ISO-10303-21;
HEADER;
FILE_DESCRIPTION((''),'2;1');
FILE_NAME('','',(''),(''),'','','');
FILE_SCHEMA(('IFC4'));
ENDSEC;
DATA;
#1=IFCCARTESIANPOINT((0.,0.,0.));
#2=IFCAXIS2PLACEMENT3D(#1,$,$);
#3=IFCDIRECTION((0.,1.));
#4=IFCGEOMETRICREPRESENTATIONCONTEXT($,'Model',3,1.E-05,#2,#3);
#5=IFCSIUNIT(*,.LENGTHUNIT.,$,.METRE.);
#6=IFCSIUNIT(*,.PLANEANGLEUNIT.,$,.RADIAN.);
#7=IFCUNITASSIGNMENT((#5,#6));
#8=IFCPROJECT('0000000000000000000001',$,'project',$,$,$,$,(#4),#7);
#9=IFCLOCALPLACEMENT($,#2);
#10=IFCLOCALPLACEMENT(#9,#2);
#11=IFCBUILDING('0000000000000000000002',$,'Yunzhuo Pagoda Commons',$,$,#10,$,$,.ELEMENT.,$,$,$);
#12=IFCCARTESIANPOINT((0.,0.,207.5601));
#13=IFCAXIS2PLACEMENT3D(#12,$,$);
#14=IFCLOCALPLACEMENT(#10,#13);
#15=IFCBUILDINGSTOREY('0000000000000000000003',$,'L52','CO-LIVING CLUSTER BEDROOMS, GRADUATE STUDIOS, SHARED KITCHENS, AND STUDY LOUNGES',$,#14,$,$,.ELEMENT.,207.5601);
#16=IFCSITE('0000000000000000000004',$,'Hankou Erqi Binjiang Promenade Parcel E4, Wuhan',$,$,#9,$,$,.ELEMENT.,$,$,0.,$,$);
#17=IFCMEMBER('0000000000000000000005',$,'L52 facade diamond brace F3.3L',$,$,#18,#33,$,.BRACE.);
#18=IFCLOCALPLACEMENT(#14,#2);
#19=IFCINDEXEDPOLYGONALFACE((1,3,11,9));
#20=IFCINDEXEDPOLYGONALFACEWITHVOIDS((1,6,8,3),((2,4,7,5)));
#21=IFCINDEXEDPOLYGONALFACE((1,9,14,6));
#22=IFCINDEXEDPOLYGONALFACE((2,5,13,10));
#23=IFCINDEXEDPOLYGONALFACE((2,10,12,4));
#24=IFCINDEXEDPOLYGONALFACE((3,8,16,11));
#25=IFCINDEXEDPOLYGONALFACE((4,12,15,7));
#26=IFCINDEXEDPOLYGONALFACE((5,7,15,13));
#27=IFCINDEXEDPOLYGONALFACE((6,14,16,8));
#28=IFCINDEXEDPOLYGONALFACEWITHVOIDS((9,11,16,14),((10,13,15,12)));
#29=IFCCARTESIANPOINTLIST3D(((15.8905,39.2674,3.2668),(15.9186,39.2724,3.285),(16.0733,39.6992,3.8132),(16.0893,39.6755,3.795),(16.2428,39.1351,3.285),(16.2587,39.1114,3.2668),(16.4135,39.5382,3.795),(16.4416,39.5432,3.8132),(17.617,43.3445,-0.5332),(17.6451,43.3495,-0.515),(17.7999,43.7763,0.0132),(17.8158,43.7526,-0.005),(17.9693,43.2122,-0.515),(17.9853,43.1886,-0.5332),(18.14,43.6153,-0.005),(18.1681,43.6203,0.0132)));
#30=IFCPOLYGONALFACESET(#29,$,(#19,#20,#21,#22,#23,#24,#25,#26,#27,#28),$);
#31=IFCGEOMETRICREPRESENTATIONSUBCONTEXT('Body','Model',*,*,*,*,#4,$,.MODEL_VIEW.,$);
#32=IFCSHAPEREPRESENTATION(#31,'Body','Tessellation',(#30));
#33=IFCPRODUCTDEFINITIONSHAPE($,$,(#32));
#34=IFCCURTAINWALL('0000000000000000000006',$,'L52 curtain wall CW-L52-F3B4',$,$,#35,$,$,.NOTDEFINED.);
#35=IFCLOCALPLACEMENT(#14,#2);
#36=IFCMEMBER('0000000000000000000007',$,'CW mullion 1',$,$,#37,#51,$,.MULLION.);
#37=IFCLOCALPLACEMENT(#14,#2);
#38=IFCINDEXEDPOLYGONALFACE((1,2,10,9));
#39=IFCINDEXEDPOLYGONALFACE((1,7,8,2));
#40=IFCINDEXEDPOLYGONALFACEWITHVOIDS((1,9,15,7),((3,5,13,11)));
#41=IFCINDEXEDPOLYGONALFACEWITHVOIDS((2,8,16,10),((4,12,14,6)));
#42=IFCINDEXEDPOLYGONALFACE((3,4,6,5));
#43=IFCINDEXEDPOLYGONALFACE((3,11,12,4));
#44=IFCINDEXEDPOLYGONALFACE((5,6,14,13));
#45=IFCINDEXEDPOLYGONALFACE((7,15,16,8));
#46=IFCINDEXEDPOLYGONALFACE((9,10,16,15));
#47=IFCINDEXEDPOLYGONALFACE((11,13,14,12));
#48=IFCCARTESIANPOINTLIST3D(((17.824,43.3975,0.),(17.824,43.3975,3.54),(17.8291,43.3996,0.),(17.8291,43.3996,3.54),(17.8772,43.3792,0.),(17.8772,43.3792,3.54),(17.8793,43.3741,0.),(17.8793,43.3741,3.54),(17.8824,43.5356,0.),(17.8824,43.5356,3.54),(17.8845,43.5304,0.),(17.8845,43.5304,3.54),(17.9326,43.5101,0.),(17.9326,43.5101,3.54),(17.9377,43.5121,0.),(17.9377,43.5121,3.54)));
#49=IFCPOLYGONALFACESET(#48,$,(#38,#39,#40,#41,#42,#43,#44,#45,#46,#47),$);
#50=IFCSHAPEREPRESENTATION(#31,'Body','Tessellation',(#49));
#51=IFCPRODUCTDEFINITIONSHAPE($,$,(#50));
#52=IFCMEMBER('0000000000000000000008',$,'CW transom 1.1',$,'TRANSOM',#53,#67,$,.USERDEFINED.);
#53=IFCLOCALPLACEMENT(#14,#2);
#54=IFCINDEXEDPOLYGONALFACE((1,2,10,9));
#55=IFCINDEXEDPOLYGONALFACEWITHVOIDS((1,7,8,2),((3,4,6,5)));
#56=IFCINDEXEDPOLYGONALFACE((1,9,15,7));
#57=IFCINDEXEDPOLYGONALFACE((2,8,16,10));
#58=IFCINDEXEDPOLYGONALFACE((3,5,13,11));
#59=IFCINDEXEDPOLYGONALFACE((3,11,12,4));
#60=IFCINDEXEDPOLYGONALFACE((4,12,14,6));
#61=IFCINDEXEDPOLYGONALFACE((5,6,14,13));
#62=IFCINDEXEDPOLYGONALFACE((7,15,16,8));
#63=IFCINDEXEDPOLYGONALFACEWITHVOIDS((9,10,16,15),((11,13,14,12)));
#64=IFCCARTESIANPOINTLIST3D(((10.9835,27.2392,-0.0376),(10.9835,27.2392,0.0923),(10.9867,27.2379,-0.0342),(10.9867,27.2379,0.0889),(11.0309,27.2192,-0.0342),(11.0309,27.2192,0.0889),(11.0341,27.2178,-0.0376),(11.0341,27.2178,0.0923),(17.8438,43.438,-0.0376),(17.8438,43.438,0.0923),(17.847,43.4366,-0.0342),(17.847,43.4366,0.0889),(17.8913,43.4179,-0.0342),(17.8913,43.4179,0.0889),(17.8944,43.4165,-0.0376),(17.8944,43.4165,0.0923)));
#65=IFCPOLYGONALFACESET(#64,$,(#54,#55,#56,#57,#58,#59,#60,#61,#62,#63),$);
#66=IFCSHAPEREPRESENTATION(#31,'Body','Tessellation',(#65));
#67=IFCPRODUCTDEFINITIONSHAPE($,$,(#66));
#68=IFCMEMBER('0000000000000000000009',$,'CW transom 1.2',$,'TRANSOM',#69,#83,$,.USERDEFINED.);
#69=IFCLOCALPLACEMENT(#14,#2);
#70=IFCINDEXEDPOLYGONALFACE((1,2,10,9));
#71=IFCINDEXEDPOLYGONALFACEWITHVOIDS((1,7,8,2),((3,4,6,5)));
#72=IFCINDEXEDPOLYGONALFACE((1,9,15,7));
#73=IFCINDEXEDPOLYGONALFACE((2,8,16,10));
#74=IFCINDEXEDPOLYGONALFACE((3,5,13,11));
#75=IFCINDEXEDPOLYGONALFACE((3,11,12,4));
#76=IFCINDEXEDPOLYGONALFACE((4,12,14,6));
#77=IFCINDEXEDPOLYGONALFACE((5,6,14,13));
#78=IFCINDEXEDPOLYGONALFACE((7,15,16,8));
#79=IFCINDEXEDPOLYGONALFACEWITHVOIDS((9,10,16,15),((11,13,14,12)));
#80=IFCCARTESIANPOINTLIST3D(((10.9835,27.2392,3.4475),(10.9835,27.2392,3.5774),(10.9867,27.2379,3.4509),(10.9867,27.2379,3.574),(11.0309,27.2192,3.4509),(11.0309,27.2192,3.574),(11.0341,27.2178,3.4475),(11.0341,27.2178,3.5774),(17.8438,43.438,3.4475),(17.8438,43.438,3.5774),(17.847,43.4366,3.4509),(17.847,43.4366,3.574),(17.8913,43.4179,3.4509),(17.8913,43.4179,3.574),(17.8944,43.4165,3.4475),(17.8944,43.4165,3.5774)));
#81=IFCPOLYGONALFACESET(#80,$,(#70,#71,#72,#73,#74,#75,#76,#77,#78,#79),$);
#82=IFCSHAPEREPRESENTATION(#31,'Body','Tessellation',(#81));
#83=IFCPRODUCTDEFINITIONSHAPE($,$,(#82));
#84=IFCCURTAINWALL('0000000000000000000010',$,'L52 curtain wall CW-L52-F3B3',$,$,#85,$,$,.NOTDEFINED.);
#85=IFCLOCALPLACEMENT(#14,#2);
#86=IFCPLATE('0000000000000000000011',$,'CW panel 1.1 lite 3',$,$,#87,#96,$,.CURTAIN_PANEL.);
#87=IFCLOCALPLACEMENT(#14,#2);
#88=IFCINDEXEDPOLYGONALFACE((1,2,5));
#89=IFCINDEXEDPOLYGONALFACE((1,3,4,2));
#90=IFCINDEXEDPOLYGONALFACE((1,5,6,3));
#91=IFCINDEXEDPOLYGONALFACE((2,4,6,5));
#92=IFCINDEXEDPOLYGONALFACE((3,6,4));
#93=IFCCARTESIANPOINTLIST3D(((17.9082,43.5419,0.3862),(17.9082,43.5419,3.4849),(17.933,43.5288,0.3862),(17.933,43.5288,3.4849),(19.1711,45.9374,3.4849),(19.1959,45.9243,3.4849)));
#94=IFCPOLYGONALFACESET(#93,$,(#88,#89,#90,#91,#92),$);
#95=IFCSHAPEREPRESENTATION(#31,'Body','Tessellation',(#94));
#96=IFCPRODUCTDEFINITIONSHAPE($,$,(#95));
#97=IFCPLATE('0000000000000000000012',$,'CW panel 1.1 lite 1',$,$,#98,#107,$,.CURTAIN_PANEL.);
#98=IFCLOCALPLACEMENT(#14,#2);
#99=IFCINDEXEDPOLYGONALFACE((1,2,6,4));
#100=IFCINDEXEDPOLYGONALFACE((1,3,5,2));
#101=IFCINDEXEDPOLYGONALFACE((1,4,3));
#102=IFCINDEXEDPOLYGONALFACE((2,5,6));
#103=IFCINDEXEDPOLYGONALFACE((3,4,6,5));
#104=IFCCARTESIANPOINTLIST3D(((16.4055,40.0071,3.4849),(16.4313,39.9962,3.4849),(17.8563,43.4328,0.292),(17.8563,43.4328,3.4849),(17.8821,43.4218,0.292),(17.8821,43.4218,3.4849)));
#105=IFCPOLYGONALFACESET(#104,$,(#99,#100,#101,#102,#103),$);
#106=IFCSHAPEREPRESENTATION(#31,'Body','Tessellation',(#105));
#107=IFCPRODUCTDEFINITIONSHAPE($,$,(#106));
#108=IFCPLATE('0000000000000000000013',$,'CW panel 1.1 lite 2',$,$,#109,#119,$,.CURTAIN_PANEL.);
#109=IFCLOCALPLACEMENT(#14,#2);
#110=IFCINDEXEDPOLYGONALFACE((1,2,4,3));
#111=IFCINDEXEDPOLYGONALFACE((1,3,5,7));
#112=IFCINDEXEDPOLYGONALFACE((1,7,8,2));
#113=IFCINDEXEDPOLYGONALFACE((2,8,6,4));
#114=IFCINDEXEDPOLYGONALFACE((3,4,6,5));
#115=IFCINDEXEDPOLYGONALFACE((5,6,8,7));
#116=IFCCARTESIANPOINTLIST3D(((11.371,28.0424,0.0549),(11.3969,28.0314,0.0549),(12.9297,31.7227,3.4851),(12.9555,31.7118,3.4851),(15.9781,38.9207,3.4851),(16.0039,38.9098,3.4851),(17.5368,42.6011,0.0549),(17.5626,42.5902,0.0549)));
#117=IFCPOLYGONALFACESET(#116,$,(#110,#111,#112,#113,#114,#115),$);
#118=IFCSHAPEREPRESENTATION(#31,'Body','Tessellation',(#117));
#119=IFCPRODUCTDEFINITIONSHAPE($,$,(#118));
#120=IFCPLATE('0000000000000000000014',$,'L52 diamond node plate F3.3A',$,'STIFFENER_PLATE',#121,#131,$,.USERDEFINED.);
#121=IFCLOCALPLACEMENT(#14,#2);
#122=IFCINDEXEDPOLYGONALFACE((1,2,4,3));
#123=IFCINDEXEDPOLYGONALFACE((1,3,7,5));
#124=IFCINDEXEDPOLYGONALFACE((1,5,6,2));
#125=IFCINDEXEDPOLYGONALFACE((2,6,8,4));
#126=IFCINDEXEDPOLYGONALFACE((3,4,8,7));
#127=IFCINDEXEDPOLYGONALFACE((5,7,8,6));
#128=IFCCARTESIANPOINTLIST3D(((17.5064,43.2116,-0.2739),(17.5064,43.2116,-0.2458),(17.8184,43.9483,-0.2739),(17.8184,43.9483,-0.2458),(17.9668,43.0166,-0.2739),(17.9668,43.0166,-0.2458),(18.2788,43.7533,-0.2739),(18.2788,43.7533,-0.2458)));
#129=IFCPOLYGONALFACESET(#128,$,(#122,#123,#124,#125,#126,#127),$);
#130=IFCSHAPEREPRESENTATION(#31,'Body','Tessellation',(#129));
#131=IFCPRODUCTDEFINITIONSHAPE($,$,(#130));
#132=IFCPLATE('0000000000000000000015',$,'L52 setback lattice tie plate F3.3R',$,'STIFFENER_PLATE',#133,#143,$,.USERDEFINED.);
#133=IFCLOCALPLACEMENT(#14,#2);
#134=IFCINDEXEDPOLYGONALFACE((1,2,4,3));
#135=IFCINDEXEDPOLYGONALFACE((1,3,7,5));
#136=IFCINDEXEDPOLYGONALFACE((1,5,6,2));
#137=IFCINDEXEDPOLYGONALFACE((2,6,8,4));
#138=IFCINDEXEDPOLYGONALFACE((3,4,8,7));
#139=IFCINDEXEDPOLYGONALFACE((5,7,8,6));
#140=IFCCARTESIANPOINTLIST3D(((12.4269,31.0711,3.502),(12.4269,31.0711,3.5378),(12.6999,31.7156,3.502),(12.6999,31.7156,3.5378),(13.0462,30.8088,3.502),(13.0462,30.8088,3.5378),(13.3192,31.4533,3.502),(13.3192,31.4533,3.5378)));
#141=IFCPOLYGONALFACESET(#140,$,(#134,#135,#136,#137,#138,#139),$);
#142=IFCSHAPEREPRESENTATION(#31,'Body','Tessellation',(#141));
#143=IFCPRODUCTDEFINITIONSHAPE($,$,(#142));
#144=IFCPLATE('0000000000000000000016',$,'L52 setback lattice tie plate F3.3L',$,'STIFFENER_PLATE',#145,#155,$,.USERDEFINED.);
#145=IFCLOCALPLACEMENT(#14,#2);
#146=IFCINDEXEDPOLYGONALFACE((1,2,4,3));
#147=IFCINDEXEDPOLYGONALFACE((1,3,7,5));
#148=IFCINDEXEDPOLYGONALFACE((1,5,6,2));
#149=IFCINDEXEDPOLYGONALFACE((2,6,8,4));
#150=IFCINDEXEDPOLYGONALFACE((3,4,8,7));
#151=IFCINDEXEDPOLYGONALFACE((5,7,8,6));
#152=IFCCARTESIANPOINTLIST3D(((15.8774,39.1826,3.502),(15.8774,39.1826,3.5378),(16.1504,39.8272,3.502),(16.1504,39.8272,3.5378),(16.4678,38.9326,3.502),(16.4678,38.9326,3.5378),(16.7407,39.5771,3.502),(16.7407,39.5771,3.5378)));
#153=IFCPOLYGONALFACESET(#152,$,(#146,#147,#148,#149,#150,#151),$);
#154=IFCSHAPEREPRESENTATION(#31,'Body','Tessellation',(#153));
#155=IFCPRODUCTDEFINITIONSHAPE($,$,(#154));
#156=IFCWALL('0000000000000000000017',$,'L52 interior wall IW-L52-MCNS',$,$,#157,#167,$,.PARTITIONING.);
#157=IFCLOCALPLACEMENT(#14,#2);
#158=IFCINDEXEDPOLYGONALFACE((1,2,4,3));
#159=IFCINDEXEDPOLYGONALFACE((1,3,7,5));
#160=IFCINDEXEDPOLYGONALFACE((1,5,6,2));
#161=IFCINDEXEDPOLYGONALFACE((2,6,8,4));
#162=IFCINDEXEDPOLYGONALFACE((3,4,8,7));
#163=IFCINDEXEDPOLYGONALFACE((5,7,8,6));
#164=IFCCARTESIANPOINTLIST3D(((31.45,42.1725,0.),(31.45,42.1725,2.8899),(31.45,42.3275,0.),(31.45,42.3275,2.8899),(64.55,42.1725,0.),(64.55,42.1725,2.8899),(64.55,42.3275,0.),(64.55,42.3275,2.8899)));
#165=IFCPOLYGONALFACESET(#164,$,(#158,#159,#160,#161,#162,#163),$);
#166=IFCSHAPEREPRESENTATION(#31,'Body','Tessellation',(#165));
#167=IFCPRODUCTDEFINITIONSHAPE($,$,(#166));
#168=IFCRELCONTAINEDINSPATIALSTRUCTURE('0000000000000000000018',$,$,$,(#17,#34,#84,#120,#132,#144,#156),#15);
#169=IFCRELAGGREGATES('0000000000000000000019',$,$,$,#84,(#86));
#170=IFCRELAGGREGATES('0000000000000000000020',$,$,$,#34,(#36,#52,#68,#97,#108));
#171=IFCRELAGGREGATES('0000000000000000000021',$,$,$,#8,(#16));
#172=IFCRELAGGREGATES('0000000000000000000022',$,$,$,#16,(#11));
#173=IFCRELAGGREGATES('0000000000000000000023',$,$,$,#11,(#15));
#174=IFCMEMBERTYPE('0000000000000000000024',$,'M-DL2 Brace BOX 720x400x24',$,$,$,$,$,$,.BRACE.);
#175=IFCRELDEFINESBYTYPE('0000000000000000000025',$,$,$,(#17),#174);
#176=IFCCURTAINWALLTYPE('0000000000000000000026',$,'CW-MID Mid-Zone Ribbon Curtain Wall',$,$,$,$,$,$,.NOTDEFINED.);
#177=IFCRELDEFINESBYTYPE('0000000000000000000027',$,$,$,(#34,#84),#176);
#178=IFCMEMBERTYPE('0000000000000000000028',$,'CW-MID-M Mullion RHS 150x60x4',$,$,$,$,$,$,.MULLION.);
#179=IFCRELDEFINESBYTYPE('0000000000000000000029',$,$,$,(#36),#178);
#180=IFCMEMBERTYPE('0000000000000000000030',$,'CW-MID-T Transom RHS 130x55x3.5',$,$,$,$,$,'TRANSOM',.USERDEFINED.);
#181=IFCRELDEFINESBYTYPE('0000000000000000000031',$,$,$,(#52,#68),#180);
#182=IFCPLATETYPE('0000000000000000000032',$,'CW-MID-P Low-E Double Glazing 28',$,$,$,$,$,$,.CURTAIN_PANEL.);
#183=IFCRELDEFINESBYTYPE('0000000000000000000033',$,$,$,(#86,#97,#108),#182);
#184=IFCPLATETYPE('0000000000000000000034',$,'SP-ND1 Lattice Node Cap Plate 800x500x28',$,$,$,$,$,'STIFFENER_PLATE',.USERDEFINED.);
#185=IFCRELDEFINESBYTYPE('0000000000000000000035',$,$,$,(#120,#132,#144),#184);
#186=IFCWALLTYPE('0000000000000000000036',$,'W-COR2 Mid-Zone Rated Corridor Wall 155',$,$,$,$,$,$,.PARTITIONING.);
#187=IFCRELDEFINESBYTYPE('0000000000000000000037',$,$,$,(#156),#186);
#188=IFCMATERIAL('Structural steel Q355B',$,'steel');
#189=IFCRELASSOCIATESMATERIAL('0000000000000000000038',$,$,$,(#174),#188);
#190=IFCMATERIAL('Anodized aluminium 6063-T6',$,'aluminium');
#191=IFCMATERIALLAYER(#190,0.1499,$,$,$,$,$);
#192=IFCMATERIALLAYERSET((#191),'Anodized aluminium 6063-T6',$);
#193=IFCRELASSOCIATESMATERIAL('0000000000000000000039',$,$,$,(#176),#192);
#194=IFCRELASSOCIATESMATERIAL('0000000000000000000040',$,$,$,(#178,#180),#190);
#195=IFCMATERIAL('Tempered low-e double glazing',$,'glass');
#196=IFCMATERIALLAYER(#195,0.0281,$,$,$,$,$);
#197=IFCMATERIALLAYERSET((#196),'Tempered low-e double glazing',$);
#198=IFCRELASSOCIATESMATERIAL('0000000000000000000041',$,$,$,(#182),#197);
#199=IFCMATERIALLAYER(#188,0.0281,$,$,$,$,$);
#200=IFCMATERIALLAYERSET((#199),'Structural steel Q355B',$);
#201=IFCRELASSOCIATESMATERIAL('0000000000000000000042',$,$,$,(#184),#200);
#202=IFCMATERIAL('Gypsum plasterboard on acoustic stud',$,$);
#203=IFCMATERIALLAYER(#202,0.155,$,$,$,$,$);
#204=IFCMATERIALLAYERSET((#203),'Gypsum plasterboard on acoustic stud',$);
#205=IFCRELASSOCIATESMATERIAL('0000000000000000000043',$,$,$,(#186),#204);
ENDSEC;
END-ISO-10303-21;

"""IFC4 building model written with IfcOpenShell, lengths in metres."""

from ifc_helpers import new_model, si_unit, direction, frame, frame_2d, origin, origin_2d, place, context, subcontext, project, spatial, polyline, rectangle, hollow_rectangle, outline, extrude, source, transform, mapped, material, layer, layer_set, material_profile, profile_set, type_object, element, aggregate, save


model = new_model("IFC4")

# Units and contexts
model_context = context("Model", 3, precision=1e-05, world=origin(), true_north=direction((0.0, 1.0)))
body_context = subcontext(model_context, "Body", "Model", "MODEL_VIEW")
ifc_project = project(units=[si_unit("LENGTHUNIT", "METRE"), si_unit("PLANEANGLEUNIT", "RADIAN")], contexts=[model_context])

# Site, building, storey
site_placement = place(None, origin())
site = spatial("IfcSite", under=ifc_project, at=site_placement, Name="Hankou Erqi Binjiang Promenade Parcel E4, Wuhan", CompositionType="ELEMENT", RefElevation=0.0)
building_placement = place(site_placement, origin())
building = spatial("IfcBuilding", under=site, at=building_placement, Name="Yunzhuo Pagoda Commons", CompositionType="ELEMENT")
storey_placement = place(building_placement, frame((0.0, 0.0, 207.5601)))
storey = spatial("IfcBuildingStorey", under=building, at=storey_placement, Name="L52", Description="CO-LIVING CLUSTER BEDROOMS, GRADUATE STUDIOS, SHARED KITCHENS, AND STUDY LOUNGES", CompositionType="ELEMENT", Elevation=207.5601)

# Shared definitions
ifc_material_1 = material(Name="Structural steel Q355B", Category="steel")

# Member
ifc_material_profile_1 = material_profile(ifc_material_1, hollow_rectangle(XDim=0.3999, YDim=0.72, WallThickness=0.0239, at=origin_2d()), Name="Structural steel Q355B")
ifc_profile_set_1 = profile_set([ifc_material_profile_1], Name="Structural steel Q355B")
member_type_1 = type_object("IfcMemberType", Name="M-DL2 Brace BOX 720x400x24", PredefinedType="BRACE", material=ifc_profile_set_1)
shared_shape_1 = source(origin(), body_context, "Body", "SweptSolid", [
    extrude(hollow_rectangle(XDim=0.3999, YDim=0.72, WallThickness=0.0239, at=origin_2d()), origin(), (0.0, 0.0, 1.0), 5.8347),
])
member_1_placement = place(storey_placement, frame((17.8926, 43.4824, -0.26), z_axis=(-0.295909, -0.698768, 0.651277), x_axis=(0.920836, -0.389949, 0.0)))
element("IfcMember", 1, at=member_1_placement, inside=storey, type_object=member_type_1, Name="L52 facade diamond brace F3.3L", PredefinedType="BRACE", context=body_context, shape_type="MappedRepresentation", body=[
    mapped(shared_shape_1, transform((0.0, 0.0, 0.0), scale=1.0)),
])

# Curtain wall, members
ifc_material_2 = material(Name="Anodized aluminium 6063-T6", Category="aluminium")
ifc_layer_1 = layer(ifc_material_2, 0.1499)
ifc_layer_set_1 = layer_set([ifc_layer_1], Name="Anodized aluminium 6063-T6")
curtain_wall_type = type_object("IfcCurtainWallType", Name="CW-MID Mid-Zone Ribbon Curtain Wall", PredefinedType="NOTDEFINED", material=ifc_layer_set_1)
curtain_wall_1_placement = place(storey_placement, origin())
curtain_wall_1 = element("IfcCurtainWall", 2, at=curtain_wall_1_placement, inside=storey, type_object=curtain_wall_type, Name="L52 curtain wall CW-L52-F3B4", PredefinedType="NOTDEFINED")
ifc_material_profile_2 = material_profile(ifc_material_2, hollow_rectangle(XDim=0.0601, YDim=0.1499, WallThickness=0.0039, at=origin_2d()), Name="Anodized aluminium 6063-T6")
ifc_profile_set_2 = profile_set([ifc_material_profile_2], Name="Anodized aluminium 6063-T6")
member_type_2 = type_object("IfcMemberType", Name="CW-MID-M Mullion RHS 150x60x4", PredefinedType="MULLION", material=ifc_profile_set_2)
shared_shape_2 = source(origin(), body_context, "Body", "SweptSolid", [
    extrude(hollow_rectangle(XDim=0.0601, YDim=0.1499, WallThickness=0.0039, at=origin_2d()), origin(), (0.0, 0.0, 1.0), 3.54),
])
member_2_placement = place(storey_placement, frame((17.8809, 43.4548, 0.0), z_axis=(0.0, 0.0, 1.0), x_axis=(0.920824, -0.389978, 0.0)))
member_2 = element("IfcMember", 3, at=member_2_placement, type_object=member_type_2, Name="CW mullion 1", PredefinedType="MULLION", context=body_context, shape_type="MappedRepresentation", body=[
    mapped(shared_shape_2, transform((0.0, 0.0, 0.0), scale=1.0)),
])
ifc_material_profile_3 = material_profile(ifc_material_2, hollow_rectangle(XDim=0.0549, YDim=0.1299, WallThickness=0.0034, at=origin_2d()), Name="Anodized aluminium 6063-T6")
ifc_profile_set_3 = profile_set([ifc_material_profile_3], Name="Anodized aluminium 6063-T6")
member_type_3 = type_object("IfcMemberType", Name="CW-MID-T Transom RHS 130x55x3.5", ElementType="TRANSOM", PredefinedType="USERDEFINED", material=ifc_profile_set_3)
shared_shape_3 = source(origin(), body_context, "Body", "SweptSolid", [
    extrude(hollow_rectangle(XDim=0.0549, YDim=0.1299, WallThickness=0.0034, at=origin_2d()), origin(), (0.0, 0.0, 1.0), 17.5916),
])
member_3_placement = place(storey_placement, frame((17.8691, 43.4272, 0.0273), z_axis=(-0.38998, -0.920824, 0.0), x_axis=(0.920824, -0.38998, 0.0)))
member_3 = element("IfcMember", 4, at=member_3_placement, type_object=member_type_3, Name="CW transom 1.1", ObjectType="TRANSOM", PredefinedType="USERDEFINED", context=body_context, shape_type="MappedRepresentation", body=[
    mapped(shared_shape_3, transform((0.0, 0.0, 0.0), scale=1.0)),
])
member_4_placement = place(storey_placement, frame((17.8691, 43.4272, 3.5125), z_axis=(-0.38998, -0.920824, 0.0), x_axis=(0.920824, -0.38998, 0.0)))
member_4 = element("IfcMember", 5, at=member_4_placement, type_object=member_type_3, Name="CW transom 1.2", ObjectType="TRANSOM", PredefinedType="USERDEFINED", context=body_context, shape_type="MappedRepresentation", body=[
    mapped(shared_shape_3, transform((0.0, 0.0, 0.0), scale=1.0)),
])

# Curtain wall, plate
curtain_wall_2_placement = place(storey_placement, origin())
curtain_wall_2 = element("IfcCurtainWall", 6, at=curtain_wall_2_placement, inside=storey, type_object=curtain_wall_type, Name="L52 curtain wall CW-L52-F3B3", PredefinedType="NOTDEFINED")
ifc_material_3 = material(Name="Tempered low-e double glazing", Category="glass")
ifc_layer_2 = layer(ifc_material_3, 0.0281)
ifc_layer_set_2 = layer_set([ifc_layer_2], Name="Tempered low-e double glazing")
plate_type_1 = type_object("IfcPlateType", Name="CW-MID-P Low-E Double Glazing 28", PredefinedType="CURTAIN_PANEL", material=ifc_layer_set_2)
plate_1_placement = place(storey_placement, frame((18.5645, 44.7266, 1.9355), z_axis=(-0.884592, 0.466366, 0.0), x_axis=(-0.466366, -0.884592, 0.0)))
plate_1 = element("IfcPlate", 7, at=plate_1_placement, type_object=plate_type_1, Name="CW panel 1.1 lite 3", PredefinedType="CURTAIN_PANEL", context=body_context, shape_type="SweptSolid", body=[
    extrude(outline(polyline([(-1.354, 1.5493), (1.354, -1.5493), (1.354, 1.5493), (-1.354, 1.5493)])), origin(), (0.0, 0.0, 1.0), 0.0281),
])
aggregate(curtain_wall_2, [plate_1])

# Plates
plate_2_placement = place(storey_placement, frame((17.1567, 41.709, 1.8884), z_axis=(-0.920824, 0.389978, 0.0), x_axis=(-0.389978, -0.920824, 0.0)))
plate_2 = element("IfcPlate", 8, at=plate_2_placement, type_object=plate_type_1, Name="CW panel 1.1 lite 1", PredefinedType="CURTAIN_PANEL", context=body_context, shape_type="SweptSolid", body=[
    extrude(outline(polyline([(-1.8601, -1.5964), (1.8601, 1.5964), (-1.8601, 1.5964), (-1.8601, -1.5964)])), origin(), (0.0, 0.0, 1.0), 0.0281),
])
plate_3_placement = place(storey_placement, frame((14.4797, 35.3108, 1.77), z_axis=(-0.920824, 0.389978, 0.0), x_axis=(-0.389978, -0.920824, 0.0)))
plate_3 = element("IfcPlate", 9, at=plate_3_placement, type_object=plate_type_1, Name="CW panel 1.1 lite 2", PredefinedType="CURTAIN_PANEL", context=body_context, shape_type="SweptSolid", body=[
    extrude(outline(polyline([(-7.9053, -1.7151), (7.9053, -1.7151), (3.9084, 1.7151), (-3.9084, 1.7151), (-7.9053, -1.7151)])), origin(), (0.0, 0.0, 1.0), 0.0281),
])
aggregate(curtain_wall_1, [member_2, member_3, member_4, plate_2, plate_3])

# Plates
ifc_layer_3 = layer(ifc_material_1, 0.0281)
ifc_layer_set_3 = layer_set([ifc_layer_3], Name="Structural steel Q355B")
plate_type_2 = type_object("IfcPlateType", Name="SP-ND1 Lattice Node Cap Plate 800x500x28", ElementType="STIFFENER_PLATE", PredefinedType="USERDEFINED", material=ifc_layer_set_3)
shared_shape_4 = source(origin(), body_context, "Body", "SweptSolid", [
    extrude(rectangle(XDim=0.8, YDim=0.5, at=origin_2d()), origin(), (0.0, 0.0, 1.0), 0.0281),
])
plate_4_placement = place(storey_placement, frame((17.8926, 43.4824, -0.2739), z_axis=(0.0, 0.0, 1.0), x_axis=(-0.389976, -0.920825, 0.0)))
element("IfcPlate", 10, at=plate_4_placement, inside=storey, type_object=plate_type_2, Name="L52 diamond node plate F3.3A", ObjectType="STIFFENER_PLATE", PredefinedType="USERDEFINED", context=body_context, shape_type="MappedRepresentation", body=[
    mapped(shared_shape_4, transform((0.0, 0.0, 0.0), scale=1.0)),
])
shared_shape_5 = source(origin(), body_context, "Body", "SweptSolid", [
    extrude(rectangle(XDim=0.7, YDim=0.6726, at=origin_2d()), origin(), (0.0, 0.0, 1.0), 0.0359),
])
plate_5_placement = place(storey_placement, frame((12.873, 31.2622, 3.502), z_axis=(0.0, 0.0, 1.0), x_axis=(-0.389976, -0.920825, 0.0)))
element("IfcPlate", 11, at=plate_5_placement, inside=storey, type_object=plate_type_2, Name="L52 setback lattice tie plate F3.3R", ObjectType="STIFFENER_PLATE", PredefinedType="USERDEFINED", context=body_context, shape_type="MappedRepresentation", body=[
    mapped(shared_shape_5, transform((0.0, 0.0, 0.0), scale=1.0)),
])
shared_shape_6 = source(origin(), body_context, "Body", "SweptSolid", [
    extrude(rectangle(XDim=0.7, YDim=0.6411, at=origin_2d()), origin(), (0.0, 0.0, 1.0), 0.0359),
])
plate_6_placement = place(storey_placement, frame((16.3091, 39.3799, 3.502), z_axis=(0.0, 0.0, 1.0), x_axis=(-0.389976, -0.920825, 0.0)))
element("IfcPlate", 12, at=plate_6_placement, inside=storey, type_object=plate_type_2, Name="L52 setback lattice tie plate F3.3L", ObjectType="STIFFENER_PLATE", PredefinedType="USERDEFINED", context=body_context, shape_type="MappedRepresentation", body=[
    mapped(shared_shape_6, transform((0.0, 0.0, 0.0), scale=1.0)),
])

# Wall
ifc_material_4 = material(Name="Gypsum plasterboard on acoustic stud")
ifc_layer_4 = layer(ifc_material_4, 0.155)
ifc_layer_set_4 = layer_set([ifc_layer_4], Name="Gypsum plasterboard on acoustic stud")
wall_type_1 = type_object("IfcWallType", Name="W-COR2 Mid-Zone Rated Corridor Wall 155", PredefinedType="PARTITIONING", material=ifc_layer_set_4)
wall_1_placement = place(storey_placement, frame((31.45, 42.25, 0.0), z_axis=(0.0, 0.0, 1.0), x_axis=(1.0, 0.0, 0.0)))
element("IfcWall", 13, at=wall_1_placement, inside=storey, type_object=wall_type_1, Name="L52 interior wall IW-L52-MCNS", PredefinedType="PARTITIONING", context=body_context, shape_type="SweptSolid", body=[
    extrude(rectangle(XDim=33.1001, YDim=0.155, at=frame_2d((16.55, 0.0))), origin(), (0.0, 0.0, 1.0), 2.8899),
])

save(model, "model.ifc")
